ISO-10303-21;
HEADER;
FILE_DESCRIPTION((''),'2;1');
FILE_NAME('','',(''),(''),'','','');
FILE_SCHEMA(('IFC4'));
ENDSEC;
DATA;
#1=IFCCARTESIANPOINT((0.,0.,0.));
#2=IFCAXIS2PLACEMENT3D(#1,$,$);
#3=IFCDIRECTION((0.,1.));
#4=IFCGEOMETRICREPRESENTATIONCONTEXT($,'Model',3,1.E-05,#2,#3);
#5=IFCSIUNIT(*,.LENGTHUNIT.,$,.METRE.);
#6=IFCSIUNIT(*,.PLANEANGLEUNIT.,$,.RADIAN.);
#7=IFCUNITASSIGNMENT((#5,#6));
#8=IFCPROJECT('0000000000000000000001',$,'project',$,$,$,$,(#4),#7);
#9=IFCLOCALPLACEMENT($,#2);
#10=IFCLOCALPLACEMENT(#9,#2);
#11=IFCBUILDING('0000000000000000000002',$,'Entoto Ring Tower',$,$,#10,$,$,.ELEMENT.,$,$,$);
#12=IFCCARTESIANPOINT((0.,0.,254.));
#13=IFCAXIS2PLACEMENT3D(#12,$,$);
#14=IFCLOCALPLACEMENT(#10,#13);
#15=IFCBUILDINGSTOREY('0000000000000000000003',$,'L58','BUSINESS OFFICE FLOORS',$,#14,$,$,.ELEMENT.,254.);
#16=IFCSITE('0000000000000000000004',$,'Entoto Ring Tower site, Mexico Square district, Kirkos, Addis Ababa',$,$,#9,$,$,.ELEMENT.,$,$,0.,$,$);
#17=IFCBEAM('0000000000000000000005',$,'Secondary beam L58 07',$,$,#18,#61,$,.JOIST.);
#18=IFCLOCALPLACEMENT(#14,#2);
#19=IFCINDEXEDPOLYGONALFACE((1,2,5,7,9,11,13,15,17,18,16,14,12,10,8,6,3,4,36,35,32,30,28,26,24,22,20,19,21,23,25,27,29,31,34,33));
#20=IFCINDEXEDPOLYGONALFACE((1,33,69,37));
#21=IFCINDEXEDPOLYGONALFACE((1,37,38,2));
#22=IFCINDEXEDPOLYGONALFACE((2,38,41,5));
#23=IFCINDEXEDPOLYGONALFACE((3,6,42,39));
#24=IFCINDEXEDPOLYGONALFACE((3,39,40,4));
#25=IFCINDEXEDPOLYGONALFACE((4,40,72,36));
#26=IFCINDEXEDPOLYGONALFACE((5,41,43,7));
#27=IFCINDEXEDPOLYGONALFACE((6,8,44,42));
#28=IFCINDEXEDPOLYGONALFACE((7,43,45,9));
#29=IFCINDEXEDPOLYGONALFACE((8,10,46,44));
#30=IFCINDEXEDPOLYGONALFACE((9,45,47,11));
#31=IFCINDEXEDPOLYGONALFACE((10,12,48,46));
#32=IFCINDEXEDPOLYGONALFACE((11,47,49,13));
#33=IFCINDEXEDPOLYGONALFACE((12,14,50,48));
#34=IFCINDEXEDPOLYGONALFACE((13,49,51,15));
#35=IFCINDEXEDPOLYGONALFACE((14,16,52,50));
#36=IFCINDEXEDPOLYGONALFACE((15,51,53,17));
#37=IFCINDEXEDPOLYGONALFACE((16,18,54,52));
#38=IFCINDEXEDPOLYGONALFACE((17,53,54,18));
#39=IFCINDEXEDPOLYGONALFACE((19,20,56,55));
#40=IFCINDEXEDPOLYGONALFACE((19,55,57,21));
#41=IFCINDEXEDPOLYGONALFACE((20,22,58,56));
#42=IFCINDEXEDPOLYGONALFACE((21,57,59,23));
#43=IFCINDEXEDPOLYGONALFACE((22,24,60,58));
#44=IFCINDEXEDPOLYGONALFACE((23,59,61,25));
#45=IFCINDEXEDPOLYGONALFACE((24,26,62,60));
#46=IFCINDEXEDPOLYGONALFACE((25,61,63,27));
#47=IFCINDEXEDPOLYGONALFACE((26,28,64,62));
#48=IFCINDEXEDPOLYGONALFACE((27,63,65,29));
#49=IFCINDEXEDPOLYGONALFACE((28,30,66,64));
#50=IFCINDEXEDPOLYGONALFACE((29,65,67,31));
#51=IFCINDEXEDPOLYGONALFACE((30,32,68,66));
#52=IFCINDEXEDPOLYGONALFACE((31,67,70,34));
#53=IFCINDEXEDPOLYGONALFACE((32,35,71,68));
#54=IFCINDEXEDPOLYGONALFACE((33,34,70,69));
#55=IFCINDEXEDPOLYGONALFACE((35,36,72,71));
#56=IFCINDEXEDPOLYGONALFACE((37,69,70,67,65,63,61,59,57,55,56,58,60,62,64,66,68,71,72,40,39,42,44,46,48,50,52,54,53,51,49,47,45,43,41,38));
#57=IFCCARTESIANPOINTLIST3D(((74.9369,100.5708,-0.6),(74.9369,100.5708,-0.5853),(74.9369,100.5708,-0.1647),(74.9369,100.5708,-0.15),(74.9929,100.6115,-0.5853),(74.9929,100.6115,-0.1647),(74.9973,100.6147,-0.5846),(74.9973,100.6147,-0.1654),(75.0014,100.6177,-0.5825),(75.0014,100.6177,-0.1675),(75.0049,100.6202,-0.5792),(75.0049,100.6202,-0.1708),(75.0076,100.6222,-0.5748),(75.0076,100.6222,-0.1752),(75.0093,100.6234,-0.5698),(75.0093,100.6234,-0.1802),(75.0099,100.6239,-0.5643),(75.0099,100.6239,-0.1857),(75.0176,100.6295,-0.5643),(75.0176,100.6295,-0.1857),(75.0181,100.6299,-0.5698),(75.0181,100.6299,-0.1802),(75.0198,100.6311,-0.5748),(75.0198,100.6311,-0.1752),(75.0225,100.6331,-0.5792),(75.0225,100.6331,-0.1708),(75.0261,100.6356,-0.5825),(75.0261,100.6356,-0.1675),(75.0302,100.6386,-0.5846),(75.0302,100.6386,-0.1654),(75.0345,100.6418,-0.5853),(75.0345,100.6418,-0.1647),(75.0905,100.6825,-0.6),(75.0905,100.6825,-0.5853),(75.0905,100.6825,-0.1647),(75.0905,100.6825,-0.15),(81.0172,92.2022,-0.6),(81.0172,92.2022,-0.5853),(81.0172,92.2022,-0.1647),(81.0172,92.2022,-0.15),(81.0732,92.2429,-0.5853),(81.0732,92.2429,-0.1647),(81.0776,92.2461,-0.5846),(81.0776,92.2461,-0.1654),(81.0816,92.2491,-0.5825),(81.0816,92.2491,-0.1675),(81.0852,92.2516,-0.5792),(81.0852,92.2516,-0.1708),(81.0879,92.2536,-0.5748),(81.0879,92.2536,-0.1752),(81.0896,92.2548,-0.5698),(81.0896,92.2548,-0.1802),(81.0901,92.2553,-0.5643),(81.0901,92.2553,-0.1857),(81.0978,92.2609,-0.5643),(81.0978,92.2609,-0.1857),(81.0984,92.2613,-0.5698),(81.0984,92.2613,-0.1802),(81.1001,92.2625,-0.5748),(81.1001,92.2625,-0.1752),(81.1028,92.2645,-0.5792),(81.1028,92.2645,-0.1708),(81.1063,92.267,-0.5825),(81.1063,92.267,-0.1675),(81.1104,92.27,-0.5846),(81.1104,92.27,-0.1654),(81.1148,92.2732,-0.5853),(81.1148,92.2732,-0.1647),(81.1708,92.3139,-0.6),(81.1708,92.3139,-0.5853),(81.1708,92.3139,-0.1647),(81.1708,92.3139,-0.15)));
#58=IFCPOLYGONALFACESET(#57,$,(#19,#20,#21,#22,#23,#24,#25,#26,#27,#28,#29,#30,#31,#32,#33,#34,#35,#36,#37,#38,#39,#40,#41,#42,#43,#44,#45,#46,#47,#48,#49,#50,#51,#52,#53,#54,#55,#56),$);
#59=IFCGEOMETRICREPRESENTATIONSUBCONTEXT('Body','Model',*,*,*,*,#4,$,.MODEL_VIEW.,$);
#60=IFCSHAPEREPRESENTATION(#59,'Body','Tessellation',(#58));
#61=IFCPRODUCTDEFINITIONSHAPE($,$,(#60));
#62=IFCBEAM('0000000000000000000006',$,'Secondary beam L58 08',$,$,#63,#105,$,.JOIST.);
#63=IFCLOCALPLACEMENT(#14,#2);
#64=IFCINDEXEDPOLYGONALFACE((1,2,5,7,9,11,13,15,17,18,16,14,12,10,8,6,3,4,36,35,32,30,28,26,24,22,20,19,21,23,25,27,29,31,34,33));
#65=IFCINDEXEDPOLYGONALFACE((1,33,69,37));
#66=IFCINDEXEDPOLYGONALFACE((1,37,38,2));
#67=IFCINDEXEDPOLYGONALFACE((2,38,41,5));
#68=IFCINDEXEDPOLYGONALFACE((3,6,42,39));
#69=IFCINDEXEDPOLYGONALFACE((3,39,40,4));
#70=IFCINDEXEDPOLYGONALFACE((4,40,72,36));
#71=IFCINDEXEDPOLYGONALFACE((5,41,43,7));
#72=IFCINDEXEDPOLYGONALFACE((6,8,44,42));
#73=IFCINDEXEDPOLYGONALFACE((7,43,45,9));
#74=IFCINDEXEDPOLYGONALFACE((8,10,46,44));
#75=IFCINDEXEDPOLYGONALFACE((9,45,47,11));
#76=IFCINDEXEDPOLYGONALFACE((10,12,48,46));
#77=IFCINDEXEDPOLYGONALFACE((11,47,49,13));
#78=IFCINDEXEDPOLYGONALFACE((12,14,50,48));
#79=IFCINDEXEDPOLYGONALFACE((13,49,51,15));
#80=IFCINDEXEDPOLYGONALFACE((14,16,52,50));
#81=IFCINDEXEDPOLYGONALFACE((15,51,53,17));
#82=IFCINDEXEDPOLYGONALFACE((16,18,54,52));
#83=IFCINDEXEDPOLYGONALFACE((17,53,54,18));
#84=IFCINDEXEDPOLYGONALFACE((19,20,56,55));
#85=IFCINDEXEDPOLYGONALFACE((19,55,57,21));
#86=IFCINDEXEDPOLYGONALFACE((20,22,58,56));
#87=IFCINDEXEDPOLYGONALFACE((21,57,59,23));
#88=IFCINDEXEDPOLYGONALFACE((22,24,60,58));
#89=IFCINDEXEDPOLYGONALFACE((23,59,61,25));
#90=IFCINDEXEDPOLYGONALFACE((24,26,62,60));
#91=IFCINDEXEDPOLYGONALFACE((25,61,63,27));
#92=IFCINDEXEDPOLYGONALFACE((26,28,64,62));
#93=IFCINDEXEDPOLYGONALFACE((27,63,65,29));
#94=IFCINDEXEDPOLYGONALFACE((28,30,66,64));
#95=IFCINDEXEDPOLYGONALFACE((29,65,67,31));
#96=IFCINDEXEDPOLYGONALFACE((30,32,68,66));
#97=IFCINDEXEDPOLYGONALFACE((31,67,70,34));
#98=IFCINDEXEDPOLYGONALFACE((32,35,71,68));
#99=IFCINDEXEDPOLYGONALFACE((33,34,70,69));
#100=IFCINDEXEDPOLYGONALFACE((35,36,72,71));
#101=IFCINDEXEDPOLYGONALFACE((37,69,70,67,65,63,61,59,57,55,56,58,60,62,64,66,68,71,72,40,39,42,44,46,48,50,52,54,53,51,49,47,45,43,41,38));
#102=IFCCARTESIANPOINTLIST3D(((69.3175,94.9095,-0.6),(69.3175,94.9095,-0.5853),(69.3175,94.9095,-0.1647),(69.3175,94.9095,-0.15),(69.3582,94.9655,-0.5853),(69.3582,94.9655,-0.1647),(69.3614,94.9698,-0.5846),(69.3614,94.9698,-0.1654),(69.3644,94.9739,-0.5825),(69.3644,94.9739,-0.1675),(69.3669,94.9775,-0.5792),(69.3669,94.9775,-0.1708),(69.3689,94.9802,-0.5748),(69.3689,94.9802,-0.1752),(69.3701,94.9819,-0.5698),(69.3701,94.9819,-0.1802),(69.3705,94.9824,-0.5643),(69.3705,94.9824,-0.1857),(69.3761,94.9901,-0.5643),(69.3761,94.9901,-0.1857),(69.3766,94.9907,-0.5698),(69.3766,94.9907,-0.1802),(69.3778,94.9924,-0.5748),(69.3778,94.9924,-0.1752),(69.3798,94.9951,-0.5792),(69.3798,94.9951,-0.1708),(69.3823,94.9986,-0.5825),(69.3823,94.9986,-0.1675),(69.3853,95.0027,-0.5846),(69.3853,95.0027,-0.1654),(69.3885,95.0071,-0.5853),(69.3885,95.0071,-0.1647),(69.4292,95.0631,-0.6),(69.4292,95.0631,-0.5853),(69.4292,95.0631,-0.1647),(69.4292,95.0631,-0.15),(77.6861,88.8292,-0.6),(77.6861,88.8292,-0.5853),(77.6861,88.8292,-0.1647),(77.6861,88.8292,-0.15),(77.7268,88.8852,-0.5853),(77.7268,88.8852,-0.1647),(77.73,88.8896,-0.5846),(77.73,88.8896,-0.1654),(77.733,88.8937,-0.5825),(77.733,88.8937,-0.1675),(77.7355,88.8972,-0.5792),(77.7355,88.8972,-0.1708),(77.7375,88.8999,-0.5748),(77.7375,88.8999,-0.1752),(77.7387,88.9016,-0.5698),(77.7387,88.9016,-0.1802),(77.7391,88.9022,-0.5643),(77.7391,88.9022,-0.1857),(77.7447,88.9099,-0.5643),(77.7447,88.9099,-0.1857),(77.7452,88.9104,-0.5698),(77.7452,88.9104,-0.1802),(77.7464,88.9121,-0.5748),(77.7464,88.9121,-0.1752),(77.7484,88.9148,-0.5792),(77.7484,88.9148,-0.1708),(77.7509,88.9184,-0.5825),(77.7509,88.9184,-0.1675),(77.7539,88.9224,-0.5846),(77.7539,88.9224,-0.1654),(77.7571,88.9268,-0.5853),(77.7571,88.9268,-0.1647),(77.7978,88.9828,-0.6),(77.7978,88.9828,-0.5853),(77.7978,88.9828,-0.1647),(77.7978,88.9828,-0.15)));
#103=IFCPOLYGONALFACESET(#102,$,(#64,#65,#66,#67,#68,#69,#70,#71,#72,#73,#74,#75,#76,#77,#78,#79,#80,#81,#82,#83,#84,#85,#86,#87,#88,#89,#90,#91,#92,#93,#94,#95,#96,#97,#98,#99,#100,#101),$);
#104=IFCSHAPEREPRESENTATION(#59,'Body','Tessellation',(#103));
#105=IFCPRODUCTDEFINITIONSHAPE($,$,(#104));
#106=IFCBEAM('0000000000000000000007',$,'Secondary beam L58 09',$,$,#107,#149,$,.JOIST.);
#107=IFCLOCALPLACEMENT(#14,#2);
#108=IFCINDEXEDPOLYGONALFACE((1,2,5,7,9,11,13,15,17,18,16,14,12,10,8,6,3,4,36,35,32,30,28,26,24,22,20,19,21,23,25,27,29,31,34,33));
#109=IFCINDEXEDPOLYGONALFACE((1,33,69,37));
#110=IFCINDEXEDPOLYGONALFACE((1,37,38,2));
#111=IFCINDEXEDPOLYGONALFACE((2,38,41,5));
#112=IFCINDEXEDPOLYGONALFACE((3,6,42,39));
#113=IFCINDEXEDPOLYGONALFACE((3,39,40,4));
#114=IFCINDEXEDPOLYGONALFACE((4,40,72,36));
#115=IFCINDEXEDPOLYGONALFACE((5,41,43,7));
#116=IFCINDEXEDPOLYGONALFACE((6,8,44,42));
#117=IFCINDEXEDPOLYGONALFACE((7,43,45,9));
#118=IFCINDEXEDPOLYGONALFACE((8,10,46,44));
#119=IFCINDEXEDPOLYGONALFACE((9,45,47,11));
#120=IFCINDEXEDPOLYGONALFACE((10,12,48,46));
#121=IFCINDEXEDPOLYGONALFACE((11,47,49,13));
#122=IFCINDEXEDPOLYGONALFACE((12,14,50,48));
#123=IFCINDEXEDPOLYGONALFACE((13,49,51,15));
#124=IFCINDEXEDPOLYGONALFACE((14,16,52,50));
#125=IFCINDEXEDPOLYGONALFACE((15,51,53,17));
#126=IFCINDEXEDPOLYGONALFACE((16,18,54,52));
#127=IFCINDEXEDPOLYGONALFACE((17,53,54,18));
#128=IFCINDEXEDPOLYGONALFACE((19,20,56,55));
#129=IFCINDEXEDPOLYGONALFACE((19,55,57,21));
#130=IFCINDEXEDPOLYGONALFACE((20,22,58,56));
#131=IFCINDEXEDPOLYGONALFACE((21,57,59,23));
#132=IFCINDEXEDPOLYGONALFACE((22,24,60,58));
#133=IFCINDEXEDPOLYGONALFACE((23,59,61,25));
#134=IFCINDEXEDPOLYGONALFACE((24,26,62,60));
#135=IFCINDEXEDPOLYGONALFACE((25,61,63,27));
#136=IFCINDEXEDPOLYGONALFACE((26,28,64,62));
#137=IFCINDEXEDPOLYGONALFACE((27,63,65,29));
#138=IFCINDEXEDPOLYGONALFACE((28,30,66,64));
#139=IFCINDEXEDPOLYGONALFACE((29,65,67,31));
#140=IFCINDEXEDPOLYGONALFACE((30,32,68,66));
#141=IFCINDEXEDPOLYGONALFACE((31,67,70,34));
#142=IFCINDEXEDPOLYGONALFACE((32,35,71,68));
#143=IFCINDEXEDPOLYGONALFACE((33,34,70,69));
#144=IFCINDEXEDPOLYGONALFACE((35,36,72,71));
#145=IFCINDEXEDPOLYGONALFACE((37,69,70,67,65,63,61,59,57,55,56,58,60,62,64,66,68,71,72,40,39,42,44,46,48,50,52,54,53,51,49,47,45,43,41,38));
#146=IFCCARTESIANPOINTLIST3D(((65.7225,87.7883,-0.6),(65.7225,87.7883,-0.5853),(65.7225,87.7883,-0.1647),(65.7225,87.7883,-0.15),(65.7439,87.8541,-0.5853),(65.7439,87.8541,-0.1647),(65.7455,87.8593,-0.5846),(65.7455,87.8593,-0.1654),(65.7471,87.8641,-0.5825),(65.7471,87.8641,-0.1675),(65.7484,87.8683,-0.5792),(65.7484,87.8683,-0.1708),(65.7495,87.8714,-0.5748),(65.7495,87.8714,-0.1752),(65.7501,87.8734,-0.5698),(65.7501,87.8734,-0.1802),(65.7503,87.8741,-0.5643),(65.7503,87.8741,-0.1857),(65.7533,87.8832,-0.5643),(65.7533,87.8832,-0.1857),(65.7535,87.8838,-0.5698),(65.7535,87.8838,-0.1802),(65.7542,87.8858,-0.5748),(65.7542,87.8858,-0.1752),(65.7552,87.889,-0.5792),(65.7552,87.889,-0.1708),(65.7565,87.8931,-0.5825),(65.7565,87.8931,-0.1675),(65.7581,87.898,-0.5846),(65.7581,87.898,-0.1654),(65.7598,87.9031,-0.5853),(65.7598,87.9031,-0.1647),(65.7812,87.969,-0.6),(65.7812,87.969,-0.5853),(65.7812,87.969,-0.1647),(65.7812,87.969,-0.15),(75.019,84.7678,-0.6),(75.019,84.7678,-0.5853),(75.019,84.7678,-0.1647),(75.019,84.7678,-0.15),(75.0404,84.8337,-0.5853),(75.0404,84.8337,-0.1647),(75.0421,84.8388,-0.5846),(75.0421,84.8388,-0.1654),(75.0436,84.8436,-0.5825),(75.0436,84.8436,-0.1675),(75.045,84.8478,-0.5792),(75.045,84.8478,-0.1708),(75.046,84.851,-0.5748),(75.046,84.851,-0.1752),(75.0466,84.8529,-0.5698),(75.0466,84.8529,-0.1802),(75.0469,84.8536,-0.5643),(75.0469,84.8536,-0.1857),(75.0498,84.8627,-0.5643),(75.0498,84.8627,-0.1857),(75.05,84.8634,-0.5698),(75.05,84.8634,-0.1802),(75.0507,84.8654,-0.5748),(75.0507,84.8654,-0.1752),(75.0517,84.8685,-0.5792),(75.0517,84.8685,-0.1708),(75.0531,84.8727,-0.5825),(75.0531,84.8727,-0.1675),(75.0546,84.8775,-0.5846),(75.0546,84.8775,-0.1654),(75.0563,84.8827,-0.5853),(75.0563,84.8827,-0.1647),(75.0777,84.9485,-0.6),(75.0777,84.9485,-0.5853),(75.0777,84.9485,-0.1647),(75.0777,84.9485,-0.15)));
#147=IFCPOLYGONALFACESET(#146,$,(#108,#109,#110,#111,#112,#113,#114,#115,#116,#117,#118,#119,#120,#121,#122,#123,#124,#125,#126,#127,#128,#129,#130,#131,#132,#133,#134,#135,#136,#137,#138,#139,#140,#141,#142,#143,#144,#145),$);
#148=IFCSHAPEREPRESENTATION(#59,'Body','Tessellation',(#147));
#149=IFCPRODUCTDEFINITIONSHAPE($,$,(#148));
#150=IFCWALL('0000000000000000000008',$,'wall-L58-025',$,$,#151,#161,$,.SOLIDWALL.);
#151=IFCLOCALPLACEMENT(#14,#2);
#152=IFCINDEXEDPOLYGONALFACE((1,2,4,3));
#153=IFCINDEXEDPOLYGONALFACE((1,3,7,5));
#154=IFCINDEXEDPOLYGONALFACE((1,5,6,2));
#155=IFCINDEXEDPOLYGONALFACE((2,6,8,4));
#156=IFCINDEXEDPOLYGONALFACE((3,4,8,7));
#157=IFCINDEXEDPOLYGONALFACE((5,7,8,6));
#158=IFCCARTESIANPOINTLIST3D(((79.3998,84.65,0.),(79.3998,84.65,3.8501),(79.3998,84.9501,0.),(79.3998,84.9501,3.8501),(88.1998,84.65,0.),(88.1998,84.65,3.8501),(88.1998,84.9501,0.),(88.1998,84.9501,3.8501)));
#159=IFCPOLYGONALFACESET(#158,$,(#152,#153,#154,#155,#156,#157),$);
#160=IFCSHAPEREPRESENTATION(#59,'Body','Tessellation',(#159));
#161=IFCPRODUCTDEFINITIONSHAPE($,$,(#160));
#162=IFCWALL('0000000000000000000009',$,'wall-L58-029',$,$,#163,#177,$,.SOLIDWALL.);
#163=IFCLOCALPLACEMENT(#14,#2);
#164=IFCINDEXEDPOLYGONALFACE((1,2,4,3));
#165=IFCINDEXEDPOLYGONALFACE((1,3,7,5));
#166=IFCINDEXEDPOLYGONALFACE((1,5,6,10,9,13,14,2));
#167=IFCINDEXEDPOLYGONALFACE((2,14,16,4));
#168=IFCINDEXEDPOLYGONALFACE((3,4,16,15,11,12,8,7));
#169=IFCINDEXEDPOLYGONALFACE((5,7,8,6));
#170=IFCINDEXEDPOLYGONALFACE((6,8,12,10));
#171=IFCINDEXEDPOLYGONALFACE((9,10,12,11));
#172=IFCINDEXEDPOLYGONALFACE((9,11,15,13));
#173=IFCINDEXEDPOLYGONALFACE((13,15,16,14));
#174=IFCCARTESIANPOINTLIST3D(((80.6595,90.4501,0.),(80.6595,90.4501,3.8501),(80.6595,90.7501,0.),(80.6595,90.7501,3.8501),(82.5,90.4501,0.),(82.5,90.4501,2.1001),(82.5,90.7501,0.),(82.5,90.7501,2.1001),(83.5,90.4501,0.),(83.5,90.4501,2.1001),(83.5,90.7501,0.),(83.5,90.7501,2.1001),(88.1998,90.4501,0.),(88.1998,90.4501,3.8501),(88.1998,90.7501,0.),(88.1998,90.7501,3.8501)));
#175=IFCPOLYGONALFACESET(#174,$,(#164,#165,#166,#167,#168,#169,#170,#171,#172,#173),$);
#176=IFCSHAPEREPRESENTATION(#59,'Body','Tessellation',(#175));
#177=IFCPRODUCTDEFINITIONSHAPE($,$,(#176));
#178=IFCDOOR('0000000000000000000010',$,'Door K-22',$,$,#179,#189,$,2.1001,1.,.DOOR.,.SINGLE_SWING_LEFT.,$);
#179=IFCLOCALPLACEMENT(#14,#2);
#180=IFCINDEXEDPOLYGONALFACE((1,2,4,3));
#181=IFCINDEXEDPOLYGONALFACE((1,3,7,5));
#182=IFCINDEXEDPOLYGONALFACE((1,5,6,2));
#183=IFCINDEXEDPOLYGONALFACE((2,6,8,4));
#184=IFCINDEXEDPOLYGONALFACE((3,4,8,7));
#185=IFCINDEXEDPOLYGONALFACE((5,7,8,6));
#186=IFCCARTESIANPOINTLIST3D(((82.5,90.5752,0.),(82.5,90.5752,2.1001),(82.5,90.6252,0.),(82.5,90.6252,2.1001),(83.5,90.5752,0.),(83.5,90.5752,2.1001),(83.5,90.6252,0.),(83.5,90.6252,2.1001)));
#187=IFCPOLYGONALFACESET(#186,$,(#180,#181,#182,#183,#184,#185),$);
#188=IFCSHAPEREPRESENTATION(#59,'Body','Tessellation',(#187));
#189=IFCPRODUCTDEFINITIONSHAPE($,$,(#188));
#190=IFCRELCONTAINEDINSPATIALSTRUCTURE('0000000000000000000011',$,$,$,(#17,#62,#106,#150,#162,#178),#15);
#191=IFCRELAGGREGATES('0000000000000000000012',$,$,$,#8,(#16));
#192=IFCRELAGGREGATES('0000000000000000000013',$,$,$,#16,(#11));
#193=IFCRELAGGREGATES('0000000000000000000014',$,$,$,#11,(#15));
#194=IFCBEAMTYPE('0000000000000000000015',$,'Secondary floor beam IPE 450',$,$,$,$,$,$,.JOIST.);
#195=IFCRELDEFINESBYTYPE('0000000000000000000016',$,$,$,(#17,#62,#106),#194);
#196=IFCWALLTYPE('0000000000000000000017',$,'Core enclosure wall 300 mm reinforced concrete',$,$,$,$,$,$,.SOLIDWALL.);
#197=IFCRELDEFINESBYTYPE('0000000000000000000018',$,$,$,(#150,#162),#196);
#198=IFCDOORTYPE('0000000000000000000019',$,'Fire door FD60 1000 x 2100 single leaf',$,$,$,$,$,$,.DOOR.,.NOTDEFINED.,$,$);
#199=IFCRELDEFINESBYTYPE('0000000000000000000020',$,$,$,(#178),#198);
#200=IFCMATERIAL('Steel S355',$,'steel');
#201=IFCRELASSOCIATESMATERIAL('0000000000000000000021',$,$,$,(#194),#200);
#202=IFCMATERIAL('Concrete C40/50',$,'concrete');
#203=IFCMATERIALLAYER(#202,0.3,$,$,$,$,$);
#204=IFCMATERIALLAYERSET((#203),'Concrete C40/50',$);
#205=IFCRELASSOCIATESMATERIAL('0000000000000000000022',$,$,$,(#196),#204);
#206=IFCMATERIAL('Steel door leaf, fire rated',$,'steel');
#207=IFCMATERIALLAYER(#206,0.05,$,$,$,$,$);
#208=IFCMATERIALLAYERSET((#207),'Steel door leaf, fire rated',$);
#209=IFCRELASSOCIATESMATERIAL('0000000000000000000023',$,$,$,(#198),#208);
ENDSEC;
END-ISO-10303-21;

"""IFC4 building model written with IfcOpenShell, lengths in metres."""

from ifc_helpers import new_model, si_unit, direction, frame, frame_2d, origin, origin_2d, place, context, subcontext, project, spatial, rectangle, i_section, extrude, material, layer, layer_set, material_profile, profile_set, type_object, element, fill, save


model = new_model("IFC4")

# Units and contexts
model_context = context("Model", 3, precision=1e-05, world=origin(), true_north=direction((0.0, 1.0)))
body_context = subcontext(model_context, "Body", "Model", "MODEL_VIEW")
ifc_project = project(units=[si_unit("LENGTHUNIT", "METRE"), si_unit("PLANEANGLEUNIT", "RADIAN")], contexts=[model_context])

# Site, building, storey
site_placement = place(None, origin())
site = spatial("IfcSite", under=ifc_project, at=site_placement, Name="Entoto Ring Tower site, Mexico Square district, Kirkos, Addis Ababa", CompositionType="ELEMENT", RefElevation=0.0)
building_placement = place(site_placement, origin())
building = spatial("IfcBuilding", under=site, at=building_placement, Name="Entoto Ring Tower", CompositionType="ELEMENT")
storey_placement = place(building_placement, frame((0.0, 0.0, 254.0)))
storey = spatial("IfcBuildingStorey", under=building, at=storey_placement, Name="L58", Description="BUSINESS OFFICE FLOORS", CompositionType="ELEMENT", Elevation=254.0)

# Beams
ifc_material_1 = material(Name="Steel S355", Category="steel")
ifc_material_profile_1 = material_profile(ifc_material_1, i_section(OverallWidth=0.1899, OverallDepth=0.45, WebThickness=0.0095, FlangeThickness=0.0146, FilletRadius=0.021, at=origin_2d()), Name="IPE 450")
ifc_profile_set_1 = profile_set([ifc_material_profile_1], Name="Steel S355")
beam_type_1 = type_object("IfcBeamType", Name="Secondary floor beam IPE 450", PredefinedType="JOIST", material=ifc_profile_set_1)
for number, where, z_axis, x_axis, name in (
    (1, (81.094, 92.2581, -0.375), (-0.587794, 0.809011, 0.0), (-0.809011, -0.587794, 0.0), "Secondary beam L58 07"),
    (2, (77.7419, 88.906, -0.375), (-0.809011, 0.587794, 0.0), (-0.587794, -0.809011, 0.0), "Secondary beam L58 08"),
):
    element("IfcBeam", number, at=place(storey_placement, frame(where, z_axis=z_axis, x_axis=x_axis)), inside=storey, type_object=beam_type_1, Name=name, PredefinedType="JOIST", context=body_context, shape_type="SweptSolid", body=[
        extrude(i_section(OverallWidth=0.1899, OverallDepth=0.45, WebThickness=0.0095, FlangeThickness=0.0146, FilletRadius=0.021, at=origin_2d()), origin(), (0.0, 0.0, 1.0), 10.3442),
    ])
beam_1_placement = place(storey_placement, frame((75.0483, 84.8582, -0.375), z_axis=(-0.951061, 0.309003, 0.0), x_axis=(-0.309003, -0.951061, 0.0)))
element("IfcBeam", 3, at=beam_1_placement, inside=storey, type_object=beam_type_1, Name="Secondary beam L58 09", PredefinedType="JOIST", context=body_context, shape_type="SweptSolid", body=[
    extrude(i_section(OverallWidth=0.1899, OverallDepth=0.45, WebThickness=0.0095, FlangeThickness=0.0146, FilletRadius=0.021, at=origin_2d()), origin(), (0.0, 0.0, 1.0), 9.7749),
])

# Wall
ifc_material_2 = material(Name="Concrete C40/50", Category="concrete")
ifc_layer_1 = layer(ifc_material_2, 0.3)
ifc_layer_set_1 = layer_set([ifc_layer_1], Name="Concrete C40/50")
wall_type_1 = type_object("IfcWallType", Name="Core enclosure wall 300 mm reinforced concrete", PredefinedType="SOLIDWALL", material=ifc_layer_set_1)
wall_1_placement = place(storey_placement, frame((79.3999, 84.8, 0.0), z_axis=(0.0, 0.0, 1.0), x_axis=(1.0, 0.0, 0.0)))
element("IfcWall", 4, at=wall_1_placement, inside=storey, type_object=wall_type_1, Name="wall-L58-025", PredefinedType="SOLIDWALL", context=body_context, shape_type="SweptSolid", body=[
    extrude(rectangle(XDim=8.8, YDim=0.3, at=frame_2d((4.3999, 0.0))), origin(), (0.0, 0.0, 1.0), 3.8501),
])

# Wall, opening, door
wall_2_placement = place(storey_placement, frame((80.6597, 90.6001, 0.0), z_axis=(0.0, 0.0, 1.0), x_axis=(1.0, 0.0, 0.0)))
wall_2 = element("IfcWall", 5, at=wall_2_placement, inside=storey, type_object=wall_type_1, Name="wall-L58-029", PredefinedType="SOLIDWALL", context=body_context, shape_type="SweptSolid", body=[
    extrude(rectangle(XDim=7.5403, YDim=0.3, at=frame_2d((3.77, 0.0))), origin(), (0.0, 0.0, 1.0), 3.8501),
])
opening_1_placement = place(wall_2_placement, frame((1.8403, 0.0, 0.0)))
opening_1 = element("IfcOpeningElement", 6, at=opening_1_placement, cuts=wall_2, PredefinedType="OPENING", context=body_context, shape_type="SweptSolid", body=[
    extrude(rectangle(XDim=1.0, YDim=2.1001, at=frame_2d((0.5, 1.05))), frame((0.0, 0.1602, 0.0), z_axis=(0.0, -1.0, 0.0), x_axis=(1.0, 0.0, 0.0)), (0.0, 0.0, 1.0), 0.3201),
])
ifc_material_3 = material(Name="Steel door leaf, fire rated", Category="steel")
ifc_layer_2 = layer(ifc_material_3, 0.05)
ifc_layer_set_2 = layer_set([ifc_layer_2], Name="Steel door leaf, fire rated")
door_type_1 = type_object("IfcDoorType", Name="Fire door FD60 1000 x 2100 single leaf", OperationType="NOTDEFINED", PredefinedType="DOOR", material=ifc_layer_set_2)
door_1_placement = place(opening_1_placement, frame((1.0, 0.0, 0.0), z_axis=(0.0, 0.0, 1.0), x_axis=(-1.0, 0.0, 0.0)))
door_1 = element("IfcDoor", 7, at=door_1_placement, inside=storey, type_object=door_type_1, Name="Door K-22", OperationType="SINGLE_SWING_LEFT", OverallHeight=2.1001, OverallWidth=1.0, PredefinedType="DOOR", context=body_context, shape_type="SweptSolid", body=[
    extrude(rectangle(XDim=1.0, YDim=2.1001, at=frame_2d((0.5, 1.05))), frame((0.0, 0.0249, 0.0), z_axis=(0.0, -1.0, 0.0), x_axis=(1.0, 0.0, 0.0)), (0.0, 0.0, 1.0), 0.05),
])
fill(opening_1, door_1)

save(model, "model.ifc")
